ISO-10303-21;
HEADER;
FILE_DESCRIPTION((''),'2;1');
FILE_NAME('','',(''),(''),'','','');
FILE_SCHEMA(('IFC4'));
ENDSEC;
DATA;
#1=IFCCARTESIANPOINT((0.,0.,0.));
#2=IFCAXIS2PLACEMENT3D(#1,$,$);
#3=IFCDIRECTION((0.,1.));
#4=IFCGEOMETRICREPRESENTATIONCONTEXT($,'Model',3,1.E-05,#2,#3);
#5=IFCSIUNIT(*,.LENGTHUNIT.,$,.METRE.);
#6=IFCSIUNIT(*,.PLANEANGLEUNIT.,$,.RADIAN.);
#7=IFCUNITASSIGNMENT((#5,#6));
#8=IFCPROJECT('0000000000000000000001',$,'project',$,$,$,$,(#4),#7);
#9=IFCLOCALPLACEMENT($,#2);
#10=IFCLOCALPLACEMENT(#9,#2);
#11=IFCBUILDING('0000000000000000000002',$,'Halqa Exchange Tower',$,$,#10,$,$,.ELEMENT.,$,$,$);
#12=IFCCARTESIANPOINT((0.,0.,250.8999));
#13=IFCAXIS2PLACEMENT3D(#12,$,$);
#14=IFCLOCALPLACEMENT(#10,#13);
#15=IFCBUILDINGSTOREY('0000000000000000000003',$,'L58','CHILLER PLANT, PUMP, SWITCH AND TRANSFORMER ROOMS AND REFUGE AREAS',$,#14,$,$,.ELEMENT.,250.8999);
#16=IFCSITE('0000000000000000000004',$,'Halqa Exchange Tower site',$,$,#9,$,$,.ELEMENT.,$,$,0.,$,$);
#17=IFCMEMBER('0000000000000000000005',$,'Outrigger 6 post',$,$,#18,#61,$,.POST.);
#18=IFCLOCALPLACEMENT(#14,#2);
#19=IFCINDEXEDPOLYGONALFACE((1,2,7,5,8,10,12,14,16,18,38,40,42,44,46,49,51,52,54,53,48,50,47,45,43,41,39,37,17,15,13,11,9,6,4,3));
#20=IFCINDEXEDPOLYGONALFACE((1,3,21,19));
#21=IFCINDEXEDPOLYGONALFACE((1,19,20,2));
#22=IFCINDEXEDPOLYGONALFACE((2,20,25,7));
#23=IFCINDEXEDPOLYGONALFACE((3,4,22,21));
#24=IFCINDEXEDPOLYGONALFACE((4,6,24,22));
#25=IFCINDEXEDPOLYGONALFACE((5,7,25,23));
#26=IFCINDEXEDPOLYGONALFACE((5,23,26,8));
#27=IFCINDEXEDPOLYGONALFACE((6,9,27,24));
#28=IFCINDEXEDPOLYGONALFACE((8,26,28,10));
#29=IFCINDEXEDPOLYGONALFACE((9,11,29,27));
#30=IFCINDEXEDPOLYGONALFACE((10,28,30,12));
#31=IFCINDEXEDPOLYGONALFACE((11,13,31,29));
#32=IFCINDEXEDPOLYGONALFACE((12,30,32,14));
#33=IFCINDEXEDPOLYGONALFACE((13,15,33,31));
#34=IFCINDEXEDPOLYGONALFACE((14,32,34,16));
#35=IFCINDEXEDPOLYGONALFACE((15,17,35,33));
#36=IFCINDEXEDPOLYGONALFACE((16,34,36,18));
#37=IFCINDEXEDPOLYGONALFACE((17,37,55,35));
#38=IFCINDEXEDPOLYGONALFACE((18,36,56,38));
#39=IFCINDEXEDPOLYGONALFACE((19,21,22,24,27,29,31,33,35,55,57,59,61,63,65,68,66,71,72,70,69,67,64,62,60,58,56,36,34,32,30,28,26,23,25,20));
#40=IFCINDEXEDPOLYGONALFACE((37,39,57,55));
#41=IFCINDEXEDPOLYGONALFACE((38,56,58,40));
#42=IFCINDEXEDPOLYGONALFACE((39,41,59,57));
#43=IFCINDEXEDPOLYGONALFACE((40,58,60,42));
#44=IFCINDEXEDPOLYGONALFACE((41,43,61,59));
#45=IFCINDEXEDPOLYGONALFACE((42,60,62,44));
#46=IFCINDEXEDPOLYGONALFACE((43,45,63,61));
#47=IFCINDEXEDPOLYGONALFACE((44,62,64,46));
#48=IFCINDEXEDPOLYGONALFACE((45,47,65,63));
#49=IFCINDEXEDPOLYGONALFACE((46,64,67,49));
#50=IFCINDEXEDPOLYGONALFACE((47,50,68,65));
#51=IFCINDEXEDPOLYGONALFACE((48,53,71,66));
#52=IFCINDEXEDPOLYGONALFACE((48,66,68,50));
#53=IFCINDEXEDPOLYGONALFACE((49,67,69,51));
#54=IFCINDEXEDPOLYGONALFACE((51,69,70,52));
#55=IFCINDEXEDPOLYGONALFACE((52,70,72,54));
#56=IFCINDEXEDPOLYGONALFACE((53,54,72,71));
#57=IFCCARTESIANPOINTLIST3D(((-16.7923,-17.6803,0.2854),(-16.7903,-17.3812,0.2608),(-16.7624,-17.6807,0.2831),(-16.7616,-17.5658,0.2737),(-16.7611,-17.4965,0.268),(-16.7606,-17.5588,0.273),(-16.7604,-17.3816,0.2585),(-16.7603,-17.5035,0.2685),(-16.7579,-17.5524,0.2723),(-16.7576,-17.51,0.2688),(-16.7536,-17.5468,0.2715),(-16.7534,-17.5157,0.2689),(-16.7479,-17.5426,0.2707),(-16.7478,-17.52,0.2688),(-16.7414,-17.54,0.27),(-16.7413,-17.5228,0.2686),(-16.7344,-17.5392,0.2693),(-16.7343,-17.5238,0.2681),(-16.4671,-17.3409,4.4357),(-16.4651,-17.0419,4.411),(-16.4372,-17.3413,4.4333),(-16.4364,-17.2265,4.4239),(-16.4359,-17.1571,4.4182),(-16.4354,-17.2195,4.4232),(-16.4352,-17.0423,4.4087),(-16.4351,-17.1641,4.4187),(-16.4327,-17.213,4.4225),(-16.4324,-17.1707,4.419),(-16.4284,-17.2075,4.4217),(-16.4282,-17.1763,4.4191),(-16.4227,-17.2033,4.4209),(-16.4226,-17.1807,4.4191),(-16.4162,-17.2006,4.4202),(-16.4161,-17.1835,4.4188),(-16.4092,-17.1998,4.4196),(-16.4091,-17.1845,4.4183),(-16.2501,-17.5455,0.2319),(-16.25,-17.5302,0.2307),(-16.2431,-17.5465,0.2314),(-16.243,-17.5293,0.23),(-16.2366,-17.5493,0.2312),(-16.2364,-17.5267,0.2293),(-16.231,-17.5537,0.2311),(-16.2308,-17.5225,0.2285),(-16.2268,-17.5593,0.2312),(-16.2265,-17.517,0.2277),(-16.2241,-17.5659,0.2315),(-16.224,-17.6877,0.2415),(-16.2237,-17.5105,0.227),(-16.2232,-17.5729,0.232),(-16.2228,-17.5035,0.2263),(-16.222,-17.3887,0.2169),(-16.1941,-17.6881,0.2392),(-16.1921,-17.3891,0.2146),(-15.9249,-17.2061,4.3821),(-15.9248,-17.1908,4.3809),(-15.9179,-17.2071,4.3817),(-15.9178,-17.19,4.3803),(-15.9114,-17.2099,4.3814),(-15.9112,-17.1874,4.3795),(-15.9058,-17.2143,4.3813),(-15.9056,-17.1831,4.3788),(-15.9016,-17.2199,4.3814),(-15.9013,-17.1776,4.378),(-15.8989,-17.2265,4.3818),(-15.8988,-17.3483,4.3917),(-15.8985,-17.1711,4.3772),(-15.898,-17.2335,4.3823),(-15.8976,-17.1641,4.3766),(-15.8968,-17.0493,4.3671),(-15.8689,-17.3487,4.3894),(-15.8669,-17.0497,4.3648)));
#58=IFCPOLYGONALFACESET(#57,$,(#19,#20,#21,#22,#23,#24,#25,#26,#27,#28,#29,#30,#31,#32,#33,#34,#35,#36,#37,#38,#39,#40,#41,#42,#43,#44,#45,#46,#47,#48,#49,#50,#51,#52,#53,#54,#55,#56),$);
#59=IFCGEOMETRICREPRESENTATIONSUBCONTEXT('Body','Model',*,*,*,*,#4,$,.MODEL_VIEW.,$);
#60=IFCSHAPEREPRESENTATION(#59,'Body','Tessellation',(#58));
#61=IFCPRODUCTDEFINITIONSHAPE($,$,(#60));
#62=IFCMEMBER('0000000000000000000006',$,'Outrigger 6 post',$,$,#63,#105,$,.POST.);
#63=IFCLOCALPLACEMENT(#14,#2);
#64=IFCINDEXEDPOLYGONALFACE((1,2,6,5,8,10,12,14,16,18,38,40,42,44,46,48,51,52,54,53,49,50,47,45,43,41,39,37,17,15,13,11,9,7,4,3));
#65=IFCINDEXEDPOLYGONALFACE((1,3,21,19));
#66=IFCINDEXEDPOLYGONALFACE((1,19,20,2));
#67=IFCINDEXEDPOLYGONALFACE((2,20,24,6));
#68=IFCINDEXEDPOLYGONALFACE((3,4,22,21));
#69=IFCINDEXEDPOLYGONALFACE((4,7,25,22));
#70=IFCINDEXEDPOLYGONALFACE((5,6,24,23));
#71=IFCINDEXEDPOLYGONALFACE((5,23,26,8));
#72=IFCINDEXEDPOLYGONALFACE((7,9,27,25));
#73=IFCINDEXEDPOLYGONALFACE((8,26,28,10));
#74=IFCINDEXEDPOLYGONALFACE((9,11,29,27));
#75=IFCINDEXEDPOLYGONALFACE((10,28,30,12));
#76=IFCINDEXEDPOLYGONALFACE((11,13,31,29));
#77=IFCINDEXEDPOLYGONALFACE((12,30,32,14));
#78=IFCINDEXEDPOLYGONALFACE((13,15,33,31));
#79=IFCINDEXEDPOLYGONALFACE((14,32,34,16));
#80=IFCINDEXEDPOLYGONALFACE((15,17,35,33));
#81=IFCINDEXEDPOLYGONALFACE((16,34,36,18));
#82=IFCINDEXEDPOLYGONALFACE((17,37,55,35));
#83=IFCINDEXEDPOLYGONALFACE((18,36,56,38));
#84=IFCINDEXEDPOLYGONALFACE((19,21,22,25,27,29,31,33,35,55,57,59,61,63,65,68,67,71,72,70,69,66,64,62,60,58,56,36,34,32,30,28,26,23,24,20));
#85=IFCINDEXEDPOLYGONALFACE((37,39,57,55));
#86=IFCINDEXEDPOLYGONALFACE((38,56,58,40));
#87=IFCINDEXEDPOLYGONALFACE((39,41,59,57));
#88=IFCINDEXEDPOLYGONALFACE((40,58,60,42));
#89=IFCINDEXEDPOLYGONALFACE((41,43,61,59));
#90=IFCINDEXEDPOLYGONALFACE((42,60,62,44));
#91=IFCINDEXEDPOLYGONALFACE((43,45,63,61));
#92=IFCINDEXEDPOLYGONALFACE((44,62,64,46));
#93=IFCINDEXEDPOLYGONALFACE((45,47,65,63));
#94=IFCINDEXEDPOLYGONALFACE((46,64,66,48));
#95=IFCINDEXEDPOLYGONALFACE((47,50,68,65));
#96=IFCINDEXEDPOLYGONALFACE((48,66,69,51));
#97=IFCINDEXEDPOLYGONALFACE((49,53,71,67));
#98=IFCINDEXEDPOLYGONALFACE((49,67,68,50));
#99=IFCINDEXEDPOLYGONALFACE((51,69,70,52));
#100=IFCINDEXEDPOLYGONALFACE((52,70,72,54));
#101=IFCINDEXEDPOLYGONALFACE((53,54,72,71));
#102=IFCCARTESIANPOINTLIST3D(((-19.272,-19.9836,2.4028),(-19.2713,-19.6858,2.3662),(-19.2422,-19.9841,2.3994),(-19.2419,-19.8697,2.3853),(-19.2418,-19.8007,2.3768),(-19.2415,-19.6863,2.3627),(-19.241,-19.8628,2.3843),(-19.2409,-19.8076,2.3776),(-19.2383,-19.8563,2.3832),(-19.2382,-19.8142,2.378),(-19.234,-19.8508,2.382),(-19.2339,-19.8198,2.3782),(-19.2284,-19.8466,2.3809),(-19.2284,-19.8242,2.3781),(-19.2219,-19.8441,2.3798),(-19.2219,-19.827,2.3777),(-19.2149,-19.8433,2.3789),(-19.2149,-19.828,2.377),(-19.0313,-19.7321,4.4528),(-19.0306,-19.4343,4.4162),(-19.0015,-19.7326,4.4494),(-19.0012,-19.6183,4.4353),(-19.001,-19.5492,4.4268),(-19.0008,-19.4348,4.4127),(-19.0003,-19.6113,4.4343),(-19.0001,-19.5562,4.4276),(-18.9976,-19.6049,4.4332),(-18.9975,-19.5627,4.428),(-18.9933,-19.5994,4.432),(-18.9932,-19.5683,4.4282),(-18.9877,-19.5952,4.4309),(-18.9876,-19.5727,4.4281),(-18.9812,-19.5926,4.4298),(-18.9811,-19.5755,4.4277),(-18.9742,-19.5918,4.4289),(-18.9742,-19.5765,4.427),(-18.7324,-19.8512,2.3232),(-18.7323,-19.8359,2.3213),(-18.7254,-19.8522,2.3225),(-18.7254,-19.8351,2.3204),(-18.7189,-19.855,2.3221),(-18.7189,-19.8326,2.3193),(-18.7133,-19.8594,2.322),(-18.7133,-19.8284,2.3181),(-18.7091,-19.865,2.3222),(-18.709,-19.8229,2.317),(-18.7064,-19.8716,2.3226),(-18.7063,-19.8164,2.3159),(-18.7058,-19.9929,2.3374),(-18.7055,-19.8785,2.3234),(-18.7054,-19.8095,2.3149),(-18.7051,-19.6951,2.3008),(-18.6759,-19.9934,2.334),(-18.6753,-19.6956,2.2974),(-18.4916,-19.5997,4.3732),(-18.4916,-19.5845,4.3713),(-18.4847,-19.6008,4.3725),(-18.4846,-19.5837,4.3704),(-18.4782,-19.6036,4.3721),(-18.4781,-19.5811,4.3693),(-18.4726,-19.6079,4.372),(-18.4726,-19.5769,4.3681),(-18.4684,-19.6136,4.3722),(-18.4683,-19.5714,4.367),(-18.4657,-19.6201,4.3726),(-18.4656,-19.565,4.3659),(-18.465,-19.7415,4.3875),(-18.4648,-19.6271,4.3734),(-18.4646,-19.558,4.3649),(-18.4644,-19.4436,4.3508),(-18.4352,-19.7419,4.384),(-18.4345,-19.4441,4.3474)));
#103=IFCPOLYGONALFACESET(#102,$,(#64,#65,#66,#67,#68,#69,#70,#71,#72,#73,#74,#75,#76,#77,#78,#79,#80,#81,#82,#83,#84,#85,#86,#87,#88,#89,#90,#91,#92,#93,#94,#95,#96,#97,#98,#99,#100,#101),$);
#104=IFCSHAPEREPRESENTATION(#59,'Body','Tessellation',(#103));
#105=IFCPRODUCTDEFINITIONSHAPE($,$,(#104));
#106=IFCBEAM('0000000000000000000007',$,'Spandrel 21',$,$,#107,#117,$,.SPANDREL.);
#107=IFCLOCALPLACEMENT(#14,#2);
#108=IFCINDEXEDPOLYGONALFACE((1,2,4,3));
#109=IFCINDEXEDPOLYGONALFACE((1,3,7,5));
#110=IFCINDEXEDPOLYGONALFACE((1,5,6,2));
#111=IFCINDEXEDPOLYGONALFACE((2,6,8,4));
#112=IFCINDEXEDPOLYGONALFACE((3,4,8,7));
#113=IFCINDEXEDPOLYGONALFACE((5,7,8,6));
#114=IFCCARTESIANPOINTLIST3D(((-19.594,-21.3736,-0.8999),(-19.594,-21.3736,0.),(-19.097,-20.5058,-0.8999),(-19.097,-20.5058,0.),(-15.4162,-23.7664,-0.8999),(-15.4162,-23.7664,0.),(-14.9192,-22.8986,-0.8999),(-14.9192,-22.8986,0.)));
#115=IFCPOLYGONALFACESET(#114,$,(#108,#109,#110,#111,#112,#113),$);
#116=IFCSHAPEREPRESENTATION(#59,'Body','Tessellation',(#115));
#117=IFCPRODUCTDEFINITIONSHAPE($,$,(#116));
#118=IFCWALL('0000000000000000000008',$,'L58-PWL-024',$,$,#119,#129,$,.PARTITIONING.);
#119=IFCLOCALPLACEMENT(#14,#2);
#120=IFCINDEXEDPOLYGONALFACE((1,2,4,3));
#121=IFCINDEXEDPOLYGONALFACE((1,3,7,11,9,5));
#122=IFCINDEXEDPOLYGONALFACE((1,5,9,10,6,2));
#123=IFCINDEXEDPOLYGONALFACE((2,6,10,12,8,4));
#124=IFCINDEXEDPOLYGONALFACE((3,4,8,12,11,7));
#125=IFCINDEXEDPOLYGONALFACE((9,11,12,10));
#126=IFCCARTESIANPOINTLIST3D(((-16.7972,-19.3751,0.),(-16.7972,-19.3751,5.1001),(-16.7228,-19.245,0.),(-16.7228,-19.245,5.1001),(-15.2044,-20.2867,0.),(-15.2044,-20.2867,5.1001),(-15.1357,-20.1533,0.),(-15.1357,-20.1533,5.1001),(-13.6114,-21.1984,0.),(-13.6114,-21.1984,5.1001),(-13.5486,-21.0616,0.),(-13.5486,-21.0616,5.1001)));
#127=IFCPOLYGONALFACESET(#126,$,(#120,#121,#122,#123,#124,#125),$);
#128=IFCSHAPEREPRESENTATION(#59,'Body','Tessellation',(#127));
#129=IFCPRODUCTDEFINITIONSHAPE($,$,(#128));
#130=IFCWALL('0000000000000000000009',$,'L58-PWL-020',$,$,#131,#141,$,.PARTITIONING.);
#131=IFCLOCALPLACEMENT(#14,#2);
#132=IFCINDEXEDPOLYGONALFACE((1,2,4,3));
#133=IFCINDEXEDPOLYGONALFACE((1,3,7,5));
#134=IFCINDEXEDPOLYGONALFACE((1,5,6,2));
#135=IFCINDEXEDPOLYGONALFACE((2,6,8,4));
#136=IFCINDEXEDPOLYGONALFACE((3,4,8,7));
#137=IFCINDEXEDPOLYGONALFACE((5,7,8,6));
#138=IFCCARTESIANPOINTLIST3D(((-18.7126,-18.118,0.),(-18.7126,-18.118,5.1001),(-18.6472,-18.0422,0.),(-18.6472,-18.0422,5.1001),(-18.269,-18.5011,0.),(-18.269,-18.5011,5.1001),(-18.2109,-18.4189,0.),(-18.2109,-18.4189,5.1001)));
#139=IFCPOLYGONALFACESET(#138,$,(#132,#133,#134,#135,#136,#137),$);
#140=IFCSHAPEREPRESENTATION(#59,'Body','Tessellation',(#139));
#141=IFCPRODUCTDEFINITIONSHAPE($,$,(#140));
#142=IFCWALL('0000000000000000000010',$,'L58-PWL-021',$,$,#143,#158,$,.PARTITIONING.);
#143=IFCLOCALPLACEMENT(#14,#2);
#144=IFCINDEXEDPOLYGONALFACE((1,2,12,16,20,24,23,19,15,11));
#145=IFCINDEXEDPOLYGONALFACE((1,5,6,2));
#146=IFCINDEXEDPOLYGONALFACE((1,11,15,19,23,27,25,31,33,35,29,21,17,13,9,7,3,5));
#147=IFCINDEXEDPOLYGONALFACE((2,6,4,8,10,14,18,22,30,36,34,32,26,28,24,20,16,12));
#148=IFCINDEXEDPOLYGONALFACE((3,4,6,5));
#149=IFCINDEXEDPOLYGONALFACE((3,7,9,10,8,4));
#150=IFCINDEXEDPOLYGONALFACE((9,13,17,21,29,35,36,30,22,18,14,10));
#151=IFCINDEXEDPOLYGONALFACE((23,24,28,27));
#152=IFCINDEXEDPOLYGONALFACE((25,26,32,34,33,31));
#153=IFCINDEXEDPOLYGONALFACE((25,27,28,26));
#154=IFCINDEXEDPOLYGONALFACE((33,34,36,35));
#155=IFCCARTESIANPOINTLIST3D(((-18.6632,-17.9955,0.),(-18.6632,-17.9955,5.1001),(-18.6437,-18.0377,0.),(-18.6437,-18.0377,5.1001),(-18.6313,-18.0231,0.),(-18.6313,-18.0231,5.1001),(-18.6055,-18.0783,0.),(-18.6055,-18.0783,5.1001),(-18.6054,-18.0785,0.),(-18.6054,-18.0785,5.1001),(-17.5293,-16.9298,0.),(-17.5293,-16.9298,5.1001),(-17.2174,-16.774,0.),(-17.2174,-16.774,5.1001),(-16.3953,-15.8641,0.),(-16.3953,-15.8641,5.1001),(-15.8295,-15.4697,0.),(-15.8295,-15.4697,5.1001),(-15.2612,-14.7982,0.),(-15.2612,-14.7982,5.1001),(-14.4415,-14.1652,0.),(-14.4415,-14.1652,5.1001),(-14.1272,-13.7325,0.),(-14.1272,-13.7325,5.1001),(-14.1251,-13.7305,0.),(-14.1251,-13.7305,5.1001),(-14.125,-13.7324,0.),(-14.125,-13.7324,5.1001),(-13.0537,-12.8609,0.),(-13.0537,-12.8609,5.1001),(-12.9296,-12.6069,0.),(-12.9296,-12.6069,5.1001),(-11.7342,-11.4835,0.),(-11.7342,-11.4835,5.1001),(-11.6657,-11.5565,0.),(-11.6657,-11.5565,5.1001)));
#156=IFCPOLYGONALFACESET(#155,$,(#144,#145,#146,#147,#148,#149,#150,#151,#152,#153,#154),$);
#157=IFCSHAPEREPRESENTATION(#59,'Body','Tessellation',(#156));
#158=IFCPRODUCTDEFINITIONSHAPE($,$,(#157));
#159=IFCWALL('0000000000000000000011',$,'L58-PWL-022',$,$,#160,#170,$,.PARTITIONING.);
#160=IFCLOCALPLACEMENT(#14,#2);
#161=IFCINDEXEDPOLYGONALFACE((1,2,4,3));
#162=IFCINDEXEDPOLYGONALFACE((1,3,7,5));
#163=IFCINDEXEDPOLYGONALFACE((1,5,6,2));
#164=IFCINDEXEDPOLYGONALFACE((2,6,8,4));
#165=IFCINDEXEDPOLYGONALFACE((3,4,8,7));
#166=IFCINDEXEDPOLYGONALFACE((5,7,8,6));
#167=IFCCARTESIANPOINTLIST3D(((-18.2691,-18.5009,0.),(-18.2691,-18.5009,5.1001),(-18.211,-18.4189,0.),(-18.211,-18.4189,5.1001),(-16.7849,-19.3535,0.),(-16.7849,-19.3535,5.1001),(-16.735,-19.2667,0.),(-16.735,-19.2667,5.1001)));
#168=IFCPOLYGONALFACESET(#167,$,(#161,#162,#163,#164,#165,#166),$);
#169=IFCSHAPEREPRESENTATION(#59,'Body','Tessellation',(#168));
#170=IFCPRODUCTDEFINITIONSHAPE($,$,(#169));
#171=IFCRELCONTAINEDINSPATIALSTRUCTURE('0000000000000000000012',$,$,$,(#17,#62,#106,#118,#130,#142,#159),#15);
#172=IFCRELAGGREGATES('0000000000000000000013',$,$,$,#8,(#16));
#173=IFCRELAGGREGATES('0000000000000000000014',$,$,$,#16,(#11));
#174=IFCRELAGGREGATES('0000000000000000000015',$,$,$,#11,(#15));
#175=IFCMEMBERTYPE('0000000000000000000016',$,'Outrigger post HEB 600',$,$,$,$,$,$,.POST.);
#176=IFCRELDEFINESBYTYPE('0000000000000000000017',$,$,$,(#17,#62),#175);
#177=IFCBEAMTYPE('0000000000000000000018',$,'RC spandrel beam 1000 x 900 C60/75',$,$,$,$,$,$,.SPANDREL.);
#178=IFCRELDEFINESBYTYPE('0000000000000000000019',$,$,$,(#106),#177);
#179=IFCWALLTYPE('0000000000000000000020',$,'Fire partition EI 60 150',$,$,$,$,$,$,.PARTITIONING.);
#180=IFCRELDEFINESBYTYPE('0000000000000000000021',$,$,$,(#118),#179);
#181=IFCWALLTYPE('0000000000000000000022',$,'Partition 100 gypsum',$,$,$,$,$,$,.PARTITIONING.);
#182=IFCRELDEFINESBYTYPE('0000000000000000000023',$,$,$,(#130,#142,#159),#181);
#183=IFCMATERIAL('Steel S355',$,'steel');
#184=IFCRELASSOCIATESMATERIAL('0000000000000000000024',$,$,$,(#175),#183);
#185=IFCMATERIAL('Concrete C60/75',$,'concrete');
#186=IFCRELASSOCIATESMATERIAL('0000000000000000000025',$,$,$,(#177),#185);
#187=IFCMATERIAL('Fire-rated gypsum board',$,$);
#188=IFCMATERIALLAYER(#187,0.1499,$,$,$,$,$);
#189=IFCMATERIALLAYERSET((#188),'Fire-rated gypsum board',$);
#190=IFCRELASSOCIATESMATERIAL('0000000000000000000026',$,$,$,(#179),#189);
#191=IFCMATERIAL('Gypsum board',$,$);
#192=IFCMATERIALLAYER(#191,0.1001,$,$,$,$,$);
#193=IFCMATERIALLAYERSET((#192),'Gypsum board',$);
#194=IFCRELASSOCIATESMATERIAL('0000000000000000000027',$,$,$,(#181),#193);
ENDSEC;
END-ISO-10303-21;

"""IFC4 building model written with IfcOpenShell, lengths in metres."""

from ifc_helpers import new_model, si_unit, direction, frame, origin, origin_2d, place, context, subcontext, project, spatial, polyline, rectangle, i_section, outline, extrude, material, layer, layer_set, material_profile, profile_set, type_object, element, save


model = new_model("IFC4")

# Units and contexts
model_context = context("Model", 3, precision=1e-05, world=origin(), true_north=direction((0.0, 1.0)))
body_context = subcontext(model_context, "Body", "Model", "MODEL_VIEW")
ifc_project = project(units=[si_unit("LENGTHUNIT", "METRE"), si_unit("PLANEANGLEUNIT", "RADIAN")], contexts=[model_context])

# Site, building, storey
site_placement = place(None, origin())
site = spatial("IfcSite", under=ifc_project, at=site_placement, Name="Halqa Exchange Tower site", CompositionType="ELEMENT", RefElevation=0.0)
building_placement = place(site_placement, origin())
building = spatial("IfcBuilding", under=site, at=building_placement, Name="Halqa Exchange Tower", CompositionType="ELEMENT")
storey_placement = place(building_placement, frame((0.0, 0.0, 250.8999)))
storey = spatial("IfcBuildingStorey", under=building, at=storey_placement, Name="L58", Description="CHILLER PLANT, PUMP, SWITCH AND TRANSFORMER ROOMS AND REFUGE AREAS", CompositionType="ELEMENT", Elevation=250.8999)

# Shared definitions
ifc_material_1 = material(Name="Concrete C60/75", Category="concrete")

# Members
ifc_material_2 = material(Name="Steel S355", Category="steel")
ifc_material_profile_1 = material_profile(ifc_material_2, i_section(OverallWidth=0.3, OverallDepth=0.6001, WebThickness=0.0154, FlangeThickness=0.03, FilletRadius=0.0271, at=origin_2d()), Name="HEB 600")
ifc_profile_set_1 = profile_set([ifc_material_profile_1], Name="Steel S355")
member_type_1 = type_object("IfcMemberType", Name="Outrigger post HEB 600", PredefinedType="POST", material=ifc_profile_set_1)
member_1_placement = place(storey_placement, frame((-16.4922, -17.5347, 0.25), z_axis=(0.07786, 0.08125, 0.993648), x_axis=(0.006664, 0.996609, -0.082014)))
element("IfcMember", 1, at=member_1_placement, inside=storey, type_object=member_type_1, Name="Outrigger 6 post", PredefinedType="POST", context=body_context, shape_type="SweptSolid", body=[
    extrude(i_section(OverallWidth=0.3, OverallDepth=0.6001, WebThickness=0.0154, FlangeThickness=0.03, FilletRadius=0.0271, at=origin_2d()), origin(), (0.0, 0.0, 1.0), 4.1768),
])
member_2_placement = place(storey_placement, frame((-18.9736, -19.8396, 2.3501), z_axis=(0.115766, 0.120932, 0.985887), x_axis=(0.002237, 0.992526, -0.122009)))
element("IfcMember", 2, at=member_2_placement, inside=storey, type_object=member_type_1, Name="Outrigger 6 post", PredefinedType="POST", context=body_context, shape_type="SweptSolid", body=[
    extrude(i_section(OverallWidth=0.3, OverallDepth=0.6001, WebThickness=0.0154, FlangeThickness=0.03, FilletRadius=0.0271, at=origin_2d()), origin(), (0.0, 0.0, 1.0), 2.0793),
])

# Beam
ifc_material_profile_2 = material_profile(ifc_material_1, rectangle(XDim=1.0, YDim=0.8999, at=origin_2d()), Name="1000 x 900")
ifc_profile_set_2 = profile_set([ifc_material_profile_2], Name="Concrete C60/75")
beam_type = type_object("IfcBeamType", Name="RC spandrel beam 1000 x 900 C60/75", PredefinedType="SPANDREL", material=ifc_profile_set_2)
beam_placement = place(storey_placement, frame((-19.3455, -20.9397, -0.45), z_axis=(0.867747, -0.497007, 0.0), x_axis=(0.497007, 0.867747, 0.0)))
element("IfcBeam", 3, at=beam_placement, inside=storey, type_object=beam_type, Name="Spandrel 21", PredefinedType="SPANDREL", context=body_context, shape_type="SweptSolid", body=[
    extrude(rectangle(XDim=1.0, YDim=0.8999, at=origin_2d()), origin(), (0.0, 0.0, 1.0), 4.8145),
])

# Walls
ifc_material_3 = material(Name="Fire-rated gypsum board")
ifc_layer_1 = layer(ifc_material_3, 0.1499)
ifc_layer_set_1 = layer_set([ifc_layer_1], Name="Fire-rated gypsum board")
wall_type_1 = type_object("IfcWallType", Name="Fire partition EI 60 150", PredefinedType="PARTITIONING", material=ifc_layer_set_1)
wall_1_placement = place(storey_placement, frame((-16.76, -19.3101, 0.0), z_axis=(0.0, 0.0, 1.0), x_axis=(0.867916, -0.496712, 0.0)))
element("IfcWall", 4, at=wall_1_placement, inside=storey, type_object=wall_type_1, Name="L58-PWL-024", PredefinedType="PARTITIONING", context=body_context, shape_type="SweptSolid", body=[
    extrude(outline(polyline([(0.0, -0.075), (1.8352, -0.075), (3.6707, -0.075), (3.6572, 0.075), (1.8286, 0.075), (0.0, 0.075), (0.0, -0.075)])), origin(), (0.0, 0.0, 1.0), 5.1001),
])
ifc_material_4 = material(Name="Gypsum board")
ifc_layer_2 = layer(ifc_material_4, 0.1001)
ifc_layer_set_2 = layer_set([ifc_layer_2], Name="Gypsum board")
wall_type_2 = type_object("IfcWallType", Name="Partition 100 gypsum", PredefinedType="PARTITIONING", material=ifc_layer_set_2)
wall_2_placement = place(storey_placement, frame((-18.6799, -18.0801, 0.0), z_axis=(0.0, 0.0, 1.0), x_axis=(0.75687, -0.653566, 0.0)))
element("IfcWall", 5, at=wall_2_placement, inside=storey, type_object=wall_type_2, Name="L58-PWL-020", PredefinedType="PARTITIONING", context=body_context, shape_type="SweptSolid", body=[
    extrude(outline(polyline([(0.0, -0.05), (0.5862, -0.05), (0.5764, 0.05), (0.0, 0.05), (0.0, -0.05)])), origin(), (0.0, 0.0, 1.0), 5.1001),
])
wall_3_placement = place(storey_placement, frame((-18.6396, -18.042, 0.0), z_axis=(0.0, 0.0, 1.0), x_axis=(0.728698, 0.684835, 0.0)))
element("IfcWall", 6, at=wall_3_placement, inside=storey, type_object=wall_type_2, Name="L58-PWL-021", PredefinedType="PARTITIONING", context=body_context, shape_type="SweptSolid", body=[
    extrude(outline(polyline([(9.5234, 0.05), (7.8831, 0.05), (6.2424, 0.05), (6.2412, 0.0486), (6.2395, 0.05), (4.6833, 0.05), (3.127, 0.05), (1.5708, 0.05), (0.0146, 0.05), (0.019, 0.0081), (0.0, 0.0059), (0.0, -0.0498), (0.0, -0.05), (1.9048, -0.05), (3.8093, -0.05), (5.7141, -0.05), (7.6187, -0.05), (9.5234, -0.05), (9.5234, 0.05)])), origin(), (0.0, 0.0, 1.0), 5.1001),
])
wall_4_placement = place(storey_placement, frame((-18.2441, -18.4575, 0.0), z_axis=(0.0, 0.0, 1.0), x_axis=(0.867117, -0.498104, 0.0)))
element("IfcWall", 7, at=wall_4_placement, inside=storey, type_object=wall_type_2, Name="L58-PWL-022", PredefinedType="PARTITIONING", context=body_context, shape_type="SweptSolid", body=[
    extrude(outline(polyline([(1.7117, 0.05), (0.0095, 0.05), (0.0, -0.05), (1.7117, -0.05), (1.7117, 0.05)])), origin(), (0.0, 0.0, 1.0), 5.1001),
])

save(model, "model.ifc")
